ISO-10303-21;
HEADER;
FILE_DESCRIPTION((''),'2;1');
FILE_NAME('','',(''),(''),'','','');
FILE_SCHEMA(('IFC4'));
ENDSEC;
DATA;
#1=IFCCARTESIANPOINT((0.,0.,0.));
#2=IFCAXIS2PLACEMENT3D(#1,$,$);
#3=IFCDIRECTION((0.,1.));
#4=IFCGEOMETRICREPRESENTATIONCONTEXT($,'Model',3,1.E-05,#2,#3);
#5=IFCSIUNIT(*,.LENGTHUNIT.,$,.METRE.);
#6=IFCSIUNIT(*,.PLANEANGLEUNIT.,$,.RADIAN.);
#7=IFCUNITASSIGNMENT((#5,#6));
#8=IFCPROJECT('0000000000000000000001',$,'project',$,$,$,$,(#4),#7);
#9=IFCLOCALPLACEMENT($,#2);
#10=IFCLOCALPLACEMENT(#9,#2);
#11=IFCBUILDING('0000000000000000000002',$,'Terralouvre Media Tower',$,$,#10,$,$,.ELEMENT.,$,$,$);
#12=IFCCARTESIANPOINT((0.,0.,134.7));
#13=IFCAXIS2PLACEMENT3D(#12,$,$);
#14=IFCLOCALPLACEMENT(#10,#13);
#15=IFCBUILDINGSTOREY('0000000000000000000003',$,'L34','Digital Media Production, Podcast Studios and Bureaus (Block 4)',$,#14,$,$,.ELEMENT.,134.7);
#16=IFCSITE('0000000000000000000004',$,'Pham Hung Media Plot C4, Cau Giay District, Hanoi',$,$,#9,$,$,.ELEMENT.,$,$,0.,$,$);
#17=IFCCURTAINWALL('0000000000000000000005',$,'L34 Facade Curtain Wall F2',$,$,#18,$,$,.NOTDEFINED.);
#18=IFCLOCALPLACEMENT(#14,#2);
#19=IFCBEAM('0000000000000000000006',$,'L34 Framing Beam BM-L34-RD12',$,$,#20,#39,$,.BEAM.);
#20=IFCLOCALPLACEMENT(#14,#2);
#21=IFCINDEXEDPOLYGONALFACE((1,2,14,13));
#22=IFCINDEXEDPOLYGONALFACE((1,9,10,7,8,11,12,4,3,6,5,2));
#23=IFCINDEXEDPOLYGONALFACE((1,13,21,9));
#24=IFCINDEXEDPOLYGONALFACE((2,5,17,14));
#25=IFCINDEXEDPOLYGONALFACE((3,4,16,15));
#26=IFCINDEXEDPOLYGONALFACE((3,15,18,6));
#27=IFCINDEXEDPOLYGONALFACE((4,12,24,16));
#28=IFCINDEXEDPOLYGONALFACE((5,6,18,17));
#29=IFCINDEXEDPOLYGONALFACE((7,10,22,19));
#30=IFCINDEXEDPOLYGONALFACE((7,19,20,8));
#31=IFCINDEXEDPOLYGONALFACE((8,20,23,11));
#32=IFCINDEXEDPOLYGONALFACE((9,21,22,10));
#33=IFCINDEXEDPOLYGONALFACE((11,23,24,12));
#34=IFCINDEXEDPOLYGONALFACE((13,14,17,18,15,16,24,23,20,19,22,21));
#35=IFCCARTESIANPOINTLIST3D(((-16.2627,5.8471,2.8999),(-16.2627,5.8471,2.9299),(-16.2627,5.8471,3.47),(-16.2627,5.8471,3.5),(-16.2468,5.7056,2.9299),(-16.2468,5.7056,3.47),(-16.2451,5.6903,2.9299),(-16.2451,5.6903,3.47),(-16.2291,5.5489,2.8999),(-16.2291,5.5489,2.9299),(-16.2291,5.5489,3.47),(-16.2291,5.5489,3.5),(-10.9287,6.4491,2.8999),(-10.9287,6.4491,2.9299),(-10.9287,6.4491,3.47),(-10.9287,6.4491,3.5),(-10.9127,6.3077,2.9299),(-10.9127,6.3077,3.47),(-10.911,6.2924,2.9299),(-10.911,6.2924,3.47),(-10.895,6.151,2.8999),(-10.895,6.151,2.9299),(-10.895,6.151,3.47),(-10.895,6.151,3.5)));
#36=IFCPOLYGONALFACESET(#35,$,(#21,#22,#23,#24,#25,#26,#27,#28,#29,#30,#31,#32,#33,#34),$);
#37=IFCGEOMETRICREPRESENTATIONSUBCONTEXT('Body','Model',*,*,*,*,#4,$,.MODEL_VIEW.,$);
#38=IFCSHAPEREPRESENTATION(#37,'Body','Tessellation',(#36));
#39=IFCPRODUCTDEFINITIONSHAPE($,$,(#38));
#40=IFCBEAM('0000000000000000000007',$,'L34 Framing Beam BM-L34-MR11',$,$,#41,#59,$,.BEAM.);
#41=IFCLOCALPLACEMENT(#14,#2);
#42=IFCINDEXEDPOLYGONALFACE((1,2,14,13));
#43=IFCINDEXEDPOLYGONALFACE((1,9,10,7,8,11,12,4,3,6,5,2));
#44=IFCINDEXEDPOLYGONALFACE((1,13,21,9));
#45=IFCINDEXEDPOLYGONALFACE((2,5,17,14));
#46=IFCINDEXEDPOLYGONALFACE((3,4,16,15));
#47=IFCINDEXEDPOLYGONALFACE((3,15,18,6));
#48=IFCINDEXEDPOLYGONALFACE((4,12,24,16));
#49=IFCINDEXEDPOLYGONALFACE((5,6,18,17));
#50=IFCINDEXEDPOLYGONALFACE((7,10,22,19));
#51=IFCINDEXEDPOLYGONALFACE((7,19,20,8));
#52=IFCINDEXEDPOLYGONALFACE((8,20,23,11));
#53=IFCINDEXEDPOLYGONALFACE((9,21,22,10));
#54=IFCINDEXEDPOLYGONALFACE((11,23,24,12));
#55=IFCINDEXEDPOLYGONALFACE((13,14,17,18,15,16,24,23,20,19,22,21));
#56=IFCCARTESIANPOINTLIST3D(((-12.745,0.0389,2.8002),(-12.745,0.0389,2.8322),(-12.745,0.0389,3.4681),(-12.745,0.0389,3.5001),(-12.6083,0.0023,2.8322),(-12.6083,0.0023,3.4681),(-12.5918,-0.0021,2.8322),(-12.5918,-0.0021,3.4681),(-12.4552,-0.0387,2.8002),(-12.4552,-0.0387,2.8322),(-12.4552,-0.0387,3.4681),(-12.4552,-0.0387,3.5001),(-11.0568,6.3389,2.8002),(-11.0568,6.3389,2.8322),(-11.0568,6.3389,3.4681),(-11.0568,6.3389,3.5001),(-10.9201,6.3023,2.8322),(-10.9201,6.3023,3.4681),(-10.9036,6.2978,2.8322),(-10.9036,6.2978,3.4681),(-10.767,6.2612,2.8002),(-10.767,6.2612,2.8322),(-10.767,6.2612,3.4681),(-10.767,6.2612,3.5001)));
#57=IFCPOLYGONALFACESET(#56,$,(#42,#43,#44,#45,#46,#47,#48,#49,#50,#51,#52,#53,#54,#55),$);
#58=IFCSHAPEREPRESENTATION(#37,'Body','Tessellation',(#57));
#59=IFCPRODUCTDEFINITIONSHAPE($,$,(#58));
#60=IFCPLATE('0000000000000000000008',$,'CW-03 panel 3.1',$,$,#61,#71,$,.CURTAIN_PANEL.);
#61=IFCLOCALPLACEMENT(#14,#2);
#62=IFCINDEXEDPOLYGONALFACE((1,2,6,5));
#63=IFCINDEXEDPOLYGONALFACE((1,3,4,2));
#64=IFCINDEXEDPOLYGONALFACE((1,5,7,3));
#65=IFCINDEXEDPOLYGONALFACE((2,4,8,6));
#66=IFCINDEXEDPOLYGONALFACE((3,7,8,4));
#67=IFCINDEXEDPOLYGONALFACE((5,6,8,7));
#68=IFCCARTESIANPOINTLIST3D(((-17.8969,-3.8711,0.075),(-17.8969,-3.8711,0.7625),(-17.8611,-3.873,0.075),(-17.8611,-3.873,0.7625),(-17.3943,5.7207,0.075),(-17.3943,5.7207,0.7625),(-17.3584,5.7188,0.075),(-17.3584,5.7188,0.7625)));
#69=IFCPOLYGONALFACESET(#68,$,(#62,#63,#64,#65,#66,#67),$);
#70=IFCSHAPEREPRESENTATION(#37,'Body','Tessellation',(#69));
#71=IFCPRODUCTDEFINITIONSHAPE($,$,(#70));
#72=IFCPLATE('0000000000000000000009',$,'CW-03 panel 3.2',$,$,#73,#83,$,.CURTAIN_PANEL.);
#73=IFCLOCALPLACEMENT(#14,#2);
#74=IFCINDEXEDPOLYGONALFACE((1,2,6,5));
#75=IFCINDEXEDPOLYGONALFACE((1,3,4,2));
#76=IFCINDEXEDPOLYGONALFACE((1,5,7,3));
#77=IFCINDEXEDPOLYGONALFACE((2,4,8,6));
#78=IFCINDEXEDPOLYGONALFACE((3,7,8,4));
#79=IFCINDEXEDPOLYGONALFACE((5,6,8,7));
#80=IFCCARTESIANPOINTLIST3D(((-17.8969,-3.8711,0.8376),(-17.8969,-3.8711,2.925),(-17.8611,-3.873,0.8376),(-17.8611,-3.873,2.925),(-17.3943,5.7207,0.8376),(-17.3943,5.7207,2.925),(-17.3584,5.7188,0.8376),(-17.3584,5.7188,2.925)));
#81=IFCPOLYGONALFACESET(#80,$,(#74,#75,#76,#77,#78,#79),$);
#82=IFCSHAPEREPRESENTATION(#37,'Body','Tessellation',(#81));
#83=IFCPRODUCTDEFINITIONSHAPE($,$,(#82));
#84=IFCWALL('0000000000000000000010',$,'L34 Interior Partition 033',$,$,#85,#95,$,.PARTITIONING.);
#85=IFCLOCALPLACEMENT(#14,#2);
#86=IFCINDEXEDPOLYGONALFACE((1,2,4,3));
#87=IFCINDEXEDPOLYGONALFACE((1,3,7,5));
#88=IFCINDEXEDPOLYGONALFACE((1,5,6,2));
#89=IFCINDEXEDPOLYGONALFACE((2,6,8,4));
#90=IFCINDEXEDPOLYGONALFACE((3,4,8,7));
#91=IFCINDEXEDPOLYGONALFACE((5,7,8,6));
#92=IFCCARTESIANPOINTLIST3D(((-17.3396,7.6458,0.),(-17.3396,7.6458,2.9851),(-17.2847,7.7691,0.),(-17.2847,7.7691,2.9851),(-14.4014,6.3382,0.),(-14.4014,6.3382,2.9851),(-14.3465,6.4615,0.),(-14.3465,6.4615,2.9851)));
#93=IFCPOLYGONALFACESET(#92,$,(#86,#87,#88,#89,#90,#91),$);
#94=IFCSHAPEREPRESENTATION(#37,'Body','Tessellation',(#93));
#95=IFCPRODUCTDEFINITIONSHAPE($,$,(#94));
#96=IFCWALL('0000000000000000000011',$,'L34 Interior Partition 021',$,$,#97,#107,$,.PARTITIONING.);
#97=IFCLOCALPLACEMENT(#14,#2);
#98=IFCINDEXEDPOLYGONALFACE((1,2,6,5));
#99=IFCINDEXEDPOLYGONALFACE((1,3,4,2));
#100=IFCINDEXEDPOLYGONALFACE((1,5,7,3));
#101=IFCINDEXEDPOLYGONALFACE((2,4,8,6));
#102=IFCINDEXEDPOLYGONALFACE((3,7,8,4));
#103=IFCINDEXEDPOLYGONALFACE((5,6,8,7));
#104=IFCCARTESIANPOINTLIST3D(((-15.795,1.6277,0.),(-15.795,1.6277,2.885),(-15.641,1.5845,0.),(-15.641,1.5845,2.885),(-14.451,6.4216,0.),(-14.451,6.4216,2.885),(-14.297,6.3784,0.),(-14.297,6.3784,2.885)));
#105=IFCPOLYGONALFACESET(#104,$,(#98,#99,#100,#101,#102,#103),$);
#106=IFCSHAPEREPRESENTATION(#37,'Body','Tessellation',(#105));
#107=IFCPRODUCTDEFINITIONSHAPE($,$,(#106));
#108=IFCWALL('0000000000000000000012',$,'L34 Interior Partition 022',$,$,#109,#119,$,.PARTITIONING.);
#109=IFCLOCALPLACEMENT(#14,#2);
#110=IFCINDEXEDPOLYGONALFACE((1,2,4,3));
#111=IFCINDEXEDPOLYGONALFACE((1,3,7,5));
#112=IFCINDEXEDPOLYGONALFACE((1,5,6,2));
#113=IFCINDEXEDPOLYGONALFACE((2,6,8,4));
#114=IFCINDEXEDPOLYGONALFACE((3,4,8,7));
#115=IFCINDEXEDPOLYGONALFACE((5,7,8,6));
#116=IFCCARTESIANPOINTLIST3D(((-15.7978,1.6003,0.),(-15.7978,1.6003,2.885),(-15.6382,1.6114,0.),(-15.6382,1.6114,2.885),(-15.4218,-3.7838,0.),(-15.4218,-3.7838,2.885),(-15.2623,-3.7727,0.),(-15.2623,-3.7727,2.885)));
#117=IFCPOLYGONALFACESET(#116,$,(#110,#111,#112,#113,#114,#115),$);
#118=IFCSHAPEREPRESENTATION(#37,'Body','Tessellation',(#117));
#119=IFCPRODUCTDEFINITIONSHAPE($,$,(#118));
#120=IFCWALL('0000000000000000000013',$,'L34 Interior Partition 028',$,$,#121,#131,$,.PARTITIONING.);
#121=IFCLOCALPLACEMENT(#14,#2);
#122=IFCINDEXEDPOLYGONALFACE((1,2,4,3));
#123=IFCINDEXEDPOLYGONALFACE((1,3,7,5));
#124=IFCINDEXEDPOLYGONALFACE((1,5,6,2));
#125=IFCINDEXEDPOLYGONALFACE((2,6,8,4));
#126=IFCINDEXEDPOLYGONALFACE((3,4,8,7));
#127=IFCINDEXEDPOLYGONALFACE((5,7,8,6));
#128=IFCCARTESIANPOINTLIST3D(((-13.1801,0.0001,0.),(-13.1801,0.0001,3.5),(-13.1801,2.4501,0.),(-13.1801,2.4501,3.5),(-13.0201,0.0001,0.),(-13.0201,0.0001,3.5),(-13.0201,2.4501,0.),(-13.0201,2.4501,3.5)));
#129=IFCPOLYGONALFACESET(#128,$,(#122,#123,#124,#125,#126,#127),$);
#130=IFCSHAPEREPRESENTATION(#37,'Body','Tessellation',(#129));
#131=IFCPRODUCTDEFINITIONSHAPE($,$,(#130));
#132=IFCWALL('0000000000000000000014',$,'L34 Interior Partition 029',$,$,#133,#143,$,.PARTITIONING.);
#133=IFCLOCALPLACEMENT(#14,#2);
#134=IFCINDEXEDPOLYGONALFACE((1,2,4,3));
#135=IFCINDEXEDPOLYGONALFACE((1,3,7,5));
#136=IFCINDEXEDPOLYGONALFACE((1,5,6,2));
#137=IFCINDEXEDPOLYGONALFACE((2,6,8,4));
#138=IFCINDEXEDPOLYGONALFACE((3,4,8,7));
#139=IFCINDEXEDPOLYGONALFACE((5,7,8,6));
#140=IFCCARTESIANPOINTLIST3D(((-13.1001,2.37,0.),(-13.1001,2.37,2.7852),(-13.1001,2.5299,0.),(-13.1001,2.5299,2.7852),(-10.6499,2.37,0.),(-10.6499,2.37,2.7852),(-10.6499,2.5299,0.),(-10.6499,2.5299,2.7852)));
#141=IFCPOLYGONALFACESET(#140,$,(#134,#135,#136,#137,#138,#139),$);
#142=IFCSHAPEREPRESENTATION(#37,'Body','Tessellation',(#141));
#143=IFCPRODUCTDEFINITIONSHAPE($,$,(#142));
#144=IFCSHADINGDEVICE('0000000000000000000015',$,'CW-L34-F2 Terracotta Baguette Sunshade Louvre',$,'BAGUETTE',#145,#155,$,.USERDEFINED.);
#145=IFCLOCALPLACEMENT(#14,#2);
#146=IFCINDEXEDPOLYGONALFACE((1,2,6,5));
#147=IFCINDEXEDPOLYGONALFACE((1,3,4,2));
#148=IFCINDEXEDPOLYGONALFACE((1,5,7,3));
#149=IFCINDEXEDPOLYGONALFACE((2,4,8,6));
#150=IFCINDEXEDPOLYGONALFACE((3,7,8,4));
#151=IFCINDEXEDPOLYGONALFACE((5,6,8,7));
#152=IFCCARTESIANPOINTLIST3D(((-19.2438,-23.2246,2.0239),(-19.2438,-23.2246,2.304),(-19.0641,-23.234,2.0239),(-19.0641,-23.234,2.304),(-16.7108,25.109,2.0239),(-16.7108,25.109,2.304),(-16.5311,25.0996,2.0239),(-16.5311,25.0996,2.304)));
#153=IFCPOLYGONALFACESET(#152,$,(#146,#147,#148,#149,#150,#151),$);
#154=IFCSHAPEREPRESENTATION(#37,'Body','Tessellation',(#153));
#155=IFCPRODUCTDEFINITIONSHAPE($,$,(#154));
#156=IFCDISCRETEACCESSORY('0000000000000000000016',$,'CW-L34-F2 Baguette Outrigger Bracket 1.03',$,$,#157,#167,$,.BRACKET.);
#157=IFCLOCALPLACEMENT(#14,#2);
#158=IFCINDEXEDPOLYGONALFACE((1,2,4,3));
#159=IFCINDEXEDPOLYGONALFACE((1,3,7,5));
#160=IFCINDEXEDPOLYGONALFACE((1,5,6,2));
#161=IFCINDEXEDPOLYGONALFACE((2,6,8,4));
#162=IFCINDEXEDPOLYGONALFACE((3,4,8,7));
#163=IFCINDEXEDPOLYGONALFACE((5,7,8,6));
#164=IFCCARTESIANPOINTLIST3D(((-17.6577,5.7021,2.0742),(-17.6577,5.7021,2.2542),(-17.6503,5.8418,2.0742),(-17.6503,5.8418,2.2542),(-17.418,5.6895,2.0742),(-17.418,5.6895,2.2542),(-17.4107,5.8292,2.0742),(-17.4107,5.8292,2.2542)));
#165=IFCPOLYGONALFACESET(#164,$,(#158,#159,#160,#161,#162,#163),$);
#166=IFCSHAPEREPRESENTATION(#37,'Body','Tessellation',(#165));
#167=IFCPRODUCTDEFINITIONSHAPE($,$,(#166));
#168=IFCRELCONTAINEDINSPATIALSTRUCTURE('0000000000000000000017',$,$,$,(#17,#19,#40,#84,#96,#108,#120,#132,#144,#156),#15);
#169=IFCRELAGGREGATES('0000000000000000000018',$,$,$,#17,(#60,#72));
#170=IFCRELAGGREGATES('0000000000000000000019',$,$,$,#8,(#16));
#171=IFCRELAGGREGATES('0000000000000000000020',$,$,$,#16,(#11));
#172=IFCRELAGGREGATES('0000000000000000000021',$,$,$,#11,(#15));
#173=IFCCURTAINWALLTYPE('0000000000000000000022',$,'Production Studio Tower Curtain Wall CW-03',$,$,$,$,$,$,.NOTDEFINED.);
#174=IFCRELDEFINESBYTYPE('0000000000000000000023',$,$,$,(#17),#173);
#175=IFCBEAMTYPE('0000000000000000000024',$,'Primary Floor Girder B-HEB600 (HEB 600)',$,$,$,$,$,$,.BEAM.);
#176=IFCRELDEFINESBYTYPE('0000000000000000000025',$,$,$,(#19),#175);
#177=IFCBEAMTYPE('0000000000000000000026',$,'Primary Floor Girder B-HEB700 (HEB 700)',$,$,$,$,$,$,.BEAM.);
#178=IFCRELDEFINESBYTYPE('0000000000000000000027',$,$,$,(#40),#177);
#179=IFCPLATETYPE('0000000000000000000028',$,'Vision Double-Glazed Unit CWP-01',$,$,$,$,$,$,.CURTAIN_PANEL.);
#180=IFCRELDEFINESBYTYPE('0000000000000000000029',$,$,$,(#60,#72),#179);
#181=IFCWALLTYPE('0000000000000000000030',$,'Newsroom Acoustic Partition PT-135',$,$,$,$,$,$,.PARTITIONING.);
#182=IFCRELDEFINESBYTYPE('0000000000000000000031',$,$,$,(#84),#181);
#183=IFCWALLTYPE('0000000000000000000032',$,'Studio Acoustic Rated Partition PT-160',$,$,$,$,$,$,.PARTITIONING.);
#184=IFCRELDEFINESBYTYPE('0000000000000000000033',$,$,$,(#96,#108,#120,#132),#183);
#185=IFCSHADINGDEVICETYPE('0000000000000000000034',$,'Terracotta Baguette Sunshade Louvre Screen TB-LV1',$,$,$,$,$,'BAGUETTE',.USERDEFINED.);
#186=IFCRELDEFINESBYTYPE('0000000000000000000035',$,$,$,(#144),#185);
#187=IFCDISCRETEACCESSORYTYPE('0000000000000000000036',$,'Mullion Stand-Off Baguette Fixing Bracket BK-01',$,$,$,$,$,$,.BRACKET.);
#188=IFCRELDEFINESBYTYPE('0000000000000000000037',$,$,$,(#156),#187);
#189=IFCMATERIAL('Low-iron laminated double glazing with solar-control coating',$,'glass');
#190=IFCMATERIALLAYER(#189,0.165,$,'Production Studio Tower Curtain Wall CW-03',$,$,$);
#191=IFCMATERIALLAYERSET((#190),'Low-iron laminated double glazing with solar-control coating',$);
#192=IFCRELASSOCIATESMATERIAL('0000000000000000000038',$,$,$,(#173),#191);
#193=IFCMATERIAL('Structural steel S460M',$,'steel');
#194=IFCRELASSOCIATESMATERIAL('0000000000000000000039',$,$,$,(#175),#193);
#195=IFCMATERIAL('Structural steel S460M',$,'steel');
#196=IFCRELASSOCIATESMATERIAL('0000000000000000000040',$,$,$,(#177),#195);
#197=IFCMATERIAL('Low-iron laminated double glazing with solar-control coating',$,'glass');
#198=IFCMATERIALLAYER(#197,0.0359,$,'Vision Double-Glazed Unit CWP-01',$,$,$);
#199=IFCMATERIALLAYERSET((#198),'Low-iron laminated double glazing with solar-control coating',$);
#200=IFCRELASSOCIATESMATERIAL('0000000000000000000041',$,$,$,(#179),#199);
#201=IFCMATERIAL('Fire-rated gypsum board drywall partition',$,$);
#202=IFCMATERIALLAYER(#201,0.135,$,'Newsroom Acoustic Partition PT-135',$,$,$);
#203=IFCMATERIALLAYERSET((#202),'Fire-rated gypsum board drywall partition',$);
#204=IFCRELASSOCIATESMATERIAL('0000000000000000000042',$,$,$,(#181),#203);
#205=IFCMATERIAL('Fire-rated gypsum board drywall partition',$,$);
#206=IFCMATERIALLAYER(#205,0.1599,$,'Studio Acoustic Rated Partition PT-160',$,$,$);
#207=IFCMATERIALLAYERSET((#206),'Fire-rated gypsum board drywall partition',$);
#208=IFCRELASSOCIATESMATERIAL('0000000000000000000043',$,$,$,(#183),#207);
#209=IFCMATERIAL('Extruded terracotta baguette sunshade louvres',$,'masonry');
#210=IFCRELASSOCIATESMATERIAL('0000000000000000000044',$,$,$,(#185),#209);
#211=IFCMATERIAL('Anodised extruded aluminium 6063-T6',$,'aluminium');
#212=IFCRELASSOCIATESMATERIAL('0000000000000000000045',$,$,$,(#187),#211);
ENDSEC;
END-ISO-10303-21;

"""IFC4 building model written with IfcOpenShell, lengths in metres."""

from ifc_helpers import new_model, si_unit, direction, frame, frame_2d, origin, origin_2d, place, context, subcontext, project, spatial, rectangle, i_section, extrude, material, layer, layer_set, material_profile, profile_set, type_object, element, aggregate, save


model = new_model("IFC4")

# Units and contexts
model_context = context("Model", 3, precision=1e-05, world=origin(), true_north=direction((0.0, 1.0)))
body_context = subcontext(model_context, "Body", "Model", "MODEL_VIEW")
ifc_project = project(units=[si_unit("LENGTHUNIT", "METRE"), si_unit("PLANEANGLEUNIT", "RADIAN")], contexts=[model_context])

# Site, building, storey
site_placement = place(None, origin())
site = spatial("IfcSite", under=ifc_project, at=site_placement, Name="Pham Hung Media Plot C4, Cau Giay District, Hanoi", CompositionType="ELEMENT", RefElevation=0.0)
building_placement = place(site_placement, origin())
building = spatial("IfcBuilding", under=site, at=building_placement, Name="Terralouvre Media Tower", CompositionType="ELEMENT")
storey_placement = place(building_placement, frame((0.0, 0.0, 134.7)))
storey = spatial("IfcBuildingStorey", under=building, at=storey_placement, Name="L34", Description="Digital Media Production, Podcast Studios and Bureaus (Block 4)", CompositionType="ELEMENT", Elevation=134.7)

# Curtain wall
ifc_material_1 = material(Name="Low-iron laminated double glazing with solar-control coating", Category="glass")
ifc_layer_1 = layer(ifc_material_1, 0.165, Name="Production Studio Tower Curtain Wall CW-03")
ifc_layer_set_1 = layer_set([ifc_layer_1], Name="Low-iron laminated double glazing with solar-control coating")
curtain_wall_type = type_object("IfcCurtainWallType", Name="Production Studio Tower Curtain Wall CW-03", PredefinedType="NOTDEFINED", material=ifc_layer_set_1)
curtain_wall_placement = place(storey_placement, origin())
curtain_wall = element("IfcCurtainWall", 1, at=curtain_wall_placement, inside=storey, type_object=curtain_wall_type, Name="L34 Facade Curtain Wall F2", PredefinedType="NOTDEFINED")

# Beams
ifc_material_2 = material(Name="Structural steel S460M", Category="steel")
ifc_material_profile_1 = material_profile(ifc_material_2, i_section(OverallWidth=0.3, OverallDepth=0.6001, WebThickness=0.0154, FlangeThickness=0.03, at=origin_2d()), Name="HEB 600")
ifc_profile_set_1 = profile_set([ifc_material_profile_1], Name="Structural steel S460M")
beam_type_1 = type_object("IfcBeamType", Name="Primary Floor Girder B-HEB600 (HEB 600)", PredefinedType="BEAM", material=ifc_profile_set_1)
beam_1_placement = place(storey_placement, frame((-10.9119, 6.3, 3.2), z_axis=(-0.99369, -0.112159, 0.0), x_axis=(0.112159, -0.99369, 0.0)))
element("IfcBeam", 2, at=beam_1_placement, inside=storey, type_object=beam_type_1, Name="L34 Framing Beam BM-L34-RD12", PredefinedType="BEAM", context=body_context, shape_type="SweptSolid", body=[
    extrude(i_section(OverallWidth=0.3, OverallDepth=0.6001, WebThickness=0.0154, FlangeThickness=0.03, at=origin_2d()), origin(), (0.0, 0.0, 1.0), 5.3679),
])
ifc_material_3 = material(Name="Structural steel S460M", Category="steel")
ifc_material_profile_2 = material_profile(ifc_material_3, i_section(OverallWidth=0.3, OverallDepth=0.7, WebThickness=0.0171, FlangeThickness=0.032, at=origin_2d()), Name="HEB 700")
ifc_profile_set_2 = profile_set([ifc_material_profile_2], Name="Structural steel S460M")
beam_type_2 = type_object("IfcBeamType", Name="Primary Floor Girder B-HEB700 (HEB 700)", PredefinedType="BEAM", material=ifc_profile_set_2)
beam_2_placement = place(storey_placement, frame((-10.9119, 6.3, 3.1501), z_axis=(-0.258839, -0.96592, 0.0), x_axis=(0.96592, -0.258839, 0.0)))
element("IfcBeam", 3, at=beam_2_placement, inside=storey, type_object=beam_type_2, Name="L34 Framing Beam BM-L34-MR11", PredefinedType="BEAM", context=body_context, shape_type="SweptSolid", body=[
    extrude(i_section(OverallWidth=0.3, OverallDepth=0.7, WebThickness=0.0171, FlangeThickness=0.032, at=origin_2d()), origin(), (0.0, 0.0, 1.0), 6.5222),
])

# Plates
ifc_material_4 = material(Name="Low-iron laminated double glazing with solar-control coating", Category="glass")
ifc_layer_2 = layer(ifc_material_4, 0.0359, Name="Vision Double-Glazed Unit CWP-01")
ifc_layer_set_2 = layer_set([ifc_layer_2], Name="Low-iron laminated double glazing with solar-control coating")
plate_type = type_object("IfcPlateType", Name="Vision Double-Glazed Unit CWP-01", PredefinedType="CURTAIN_PANEL", material=ifc_layer_set_2)
plate_1_placement = place(storey_placement, frame((-17.6277, 0.9238, 0.075), z_axis=(0.0, 0.0, 1.0), x_axis=(-0.052336, -0.99863, 0.0)))
plate_1 = element("IfcPlate", 4, at=plate_1_placement, type_object=plate_type, Name="CW-03 panel 3.1", PredefinedType="CURTAIN_PANEL", context=body_context, shape_type="SweptSolid", body=[
    extrude(rectangle(XDim=9.605, YDim=0.0359, at=origin_2d()), origin(), (0.0, 0.0, 1.0), 0.6875),
])
plate_2_placement = place(storey_placement, frame((-17.6277, 0.9238, 0.8376), z_axis=(0.0, 0.0, 1.0), x_axis=(-0.052336, -0.99863, 0.0)))
plate_2 = element("IfcPlate", 5, at=plate_2_placement, type_object=plate_type, Name="CW-03 panel 3.2", PredefinedType="CURTAIN_PANEL", context=body_context, shape_type="SweptSolid", body=[
    extrude(rectangle(XDim=9.605, YDim=0.0359, at=origin_2d()), origin(), (0.0, 0.0, 1.0), 2.0874),
])
aggregate(curtain_wall, [plate_1, plate_2])

# Walls
ifc_material_5 = material(Name="Fire-rated gypsum board drywall partition")
ifc_layer_3 = layer(ifc_material_5, 0.135, Name="Newsroom Acoustic Partition PT-135")
ifc_layer_set_3 = layer_set([ifc_layer_3], Name="Fire-rated gypsum board drywall partition")
wall_type_1 = type_object("IfcWallType", Name="Newsroom Acoustic Partition PT-135", PredefinedType="PARTITIONING", material=ifc_layer_set_3)
wall_1_placement = place(storey_placement, frame((-14.374, 6.3999, 0.0), z_axis=(0.0, 0.0, 1.0), x_axis=(-0.913611, 0.406589, 0.0)))
element("IfcWall", 6, at=wall_1_placement, inside=storey, type_object=wall_type_1, Name="L34 Interior Partition 033", PredefinedType="PARTITIONING", context=body_context, shape_type="SweptSolid", body=[
    extrude(rectangle(XDim=3.2161, YDim=0.135, at=frame_2d((1.6079, 0.0))), origin(), (0.0, 0.0, 1.0), 2.9851),
])
ifc_material_6 = material(Name="Fire-rated gypsum board drywall partition")
ifc_layer_4 = layer(ifc_material_6, 0.1599, Name="Studio Acoustic Rated Partition PT-160")
ifc_layer_set_4 = layer_set([ifc_layer_4], Name="Fire-rated gypsum board drywall partition")
wall_type_2 = type_object("IfcWallType", Name="Studio Acoustic Rated Partition PT-160", PredefinedType="PARTITIONING", material=ifc_layer_set_4)
wall_2_placement = place(storey_placement, frame((-14.374, 6.3999, 0.0), z_axis=(0.0, 0.0, 1.0), x_axis=(-0.269945, -0.962876, 0.0)))
element("IfcWall", 7, at=wall_2_placement, inside=storey, type_object=wall_type_2, Name="L34 Interior Partition 021", PredefinedType="PARTITIONING", context=body_context, shape_type="SweptSolid", body=[
    extrude(rectangle(XDim=4.9788, YDim=0.1599, at=frame_2d((2.4893, 0.0))), origin(), (0.0, 0.0, 1.0), 2.885),
])
wall_3_placement = place(storey_placement, frame((-15.718, 1.606, 0.0), z_axis=(0.0, 0.0, 1.0), x_axis=(0.069662, -0.997571, 0.0)))
element("IfcWall", 8, at=wall_3_placement, inside=storey, type_object=wall_type_2, Name="L34 Interior Partition 022", PredefinedType="PARTITIONING", context=body_context, shape_type="SweptSolid", body=[
    extrude(rectangle(XDim=5.3972, YDim=0.1599, at=frame_2d((2.6987, 0.0))), origin(), (0.0, 0.0, 1.0), 2.885),
])
wall_4_placement = place(storey_placement, frame((-13.1001, 0.0, 0.0), z_axis=(0.0, 0.0, 1.0), x_axis=(0.0, 1.0, 0.0)))
element("IfcWall", 9, at=wall_4_placement, inside=storey, type_object=wall_type_2, Name="L34 Interior Partition 028", PredefinedType="PARTITIONING", context=body_context, shape_type="SweptSolid", body=[
    extrude(rectangle(XDim=2.45, YDim=0.1599, at=frame_2d((1.2251, 0.0))), origin(), (0.0, 0.0, 1.0), 3.5),
])
wall_5_placement = place(storey_placement, frame((-13.1001, 2.45, 0.0), z_axis=(0.0, 0.0, 1.0), x_axis=(1.0, 0.0, 0.0)))
element("IfcWall", 10, at=wall_5_placement, inside=storey, type_object=wall_type_2, Name="L34 Interior Partition 029", PredefinedType="PARTITIONING", context=body_context, shape_type="SweptSolid", body=[
    extrude(rectangle(XDim=2.4502, YDim=0.1599, at=frame_2d((1.2251, 0.0))), origin(), (0.0, 0.0, 1.0), 2.7852),
])

# Shading device
ifc_material_7 = material(Name="Extruded terracotta baguette sunshade louvres", Category="masonry")
shading_device_type = type_object("IfcShadingDeviceType", Name="Terracotta Baguette Sunshade Louvre Screen TB-LV1", ElementType="BAGUETTE", PredefinedType="USERDEFINED", material=ifc_material_7)
shading_device_placement = place(storey_placement, frame((-17.8875, 0.9375, 2.0239), z_axis=(0.0, 0.0, 1.0), x_axis=(-0.052336, -0.99863, 0.0)))
element("IfcShadingDevice", 11, at=shading_device_placement, inside=storey, type_object=shading_device_type, Name="CW-L34-F2 Terracotta Baguette Sunshade Louvre", ObjectType="BAGUETTE", PredefinedType="USERDEFINED", context=body_context, shape_type="SweptSolid", body=[
    extrude(rectangle(XDim=48.3999, YDim=0.1799, at=origin_2d()), origin(), (0.0, 0.0, 1.0), 0.28),
])

# Discrete accessory
ifc_material_8 = material(Name="Anodised extruded aluminium 6063-T6", Category="aluminium")
discrete_accessory_type = type_object("IfcDiscreteAccessoryType", Name="Mullion Stand-Off Baguette Fixing Bracket BK-01", PredefinedType="BRACKET", material=ifc_material_8)
discrete_accessory_placement = place(storey_placement, frame((-17.5342, 5.7656, 2.0742), z_axis=(0.0, 0.0, 1.0), x_axis=(-0.052336, -0.99863, 0.0)))
element("IfcDiscreteAccessory", 12, at=discrete_accessory_placement, inside=storey, type_object=discrete_accessory_type, Name="CW-L34-F2 Baguette Outrigger Bracket 1.03", PredefinedType="BRACKET", context=body_context, shape_type="SweptSolid", body=[
    extrude(rectangle(XDim=0.1399, YDim=0.24, at=origin_2d()), origin(), (0.0, 0.0, 1.0), 0.1799),
])

save(model, "model.ifc")
